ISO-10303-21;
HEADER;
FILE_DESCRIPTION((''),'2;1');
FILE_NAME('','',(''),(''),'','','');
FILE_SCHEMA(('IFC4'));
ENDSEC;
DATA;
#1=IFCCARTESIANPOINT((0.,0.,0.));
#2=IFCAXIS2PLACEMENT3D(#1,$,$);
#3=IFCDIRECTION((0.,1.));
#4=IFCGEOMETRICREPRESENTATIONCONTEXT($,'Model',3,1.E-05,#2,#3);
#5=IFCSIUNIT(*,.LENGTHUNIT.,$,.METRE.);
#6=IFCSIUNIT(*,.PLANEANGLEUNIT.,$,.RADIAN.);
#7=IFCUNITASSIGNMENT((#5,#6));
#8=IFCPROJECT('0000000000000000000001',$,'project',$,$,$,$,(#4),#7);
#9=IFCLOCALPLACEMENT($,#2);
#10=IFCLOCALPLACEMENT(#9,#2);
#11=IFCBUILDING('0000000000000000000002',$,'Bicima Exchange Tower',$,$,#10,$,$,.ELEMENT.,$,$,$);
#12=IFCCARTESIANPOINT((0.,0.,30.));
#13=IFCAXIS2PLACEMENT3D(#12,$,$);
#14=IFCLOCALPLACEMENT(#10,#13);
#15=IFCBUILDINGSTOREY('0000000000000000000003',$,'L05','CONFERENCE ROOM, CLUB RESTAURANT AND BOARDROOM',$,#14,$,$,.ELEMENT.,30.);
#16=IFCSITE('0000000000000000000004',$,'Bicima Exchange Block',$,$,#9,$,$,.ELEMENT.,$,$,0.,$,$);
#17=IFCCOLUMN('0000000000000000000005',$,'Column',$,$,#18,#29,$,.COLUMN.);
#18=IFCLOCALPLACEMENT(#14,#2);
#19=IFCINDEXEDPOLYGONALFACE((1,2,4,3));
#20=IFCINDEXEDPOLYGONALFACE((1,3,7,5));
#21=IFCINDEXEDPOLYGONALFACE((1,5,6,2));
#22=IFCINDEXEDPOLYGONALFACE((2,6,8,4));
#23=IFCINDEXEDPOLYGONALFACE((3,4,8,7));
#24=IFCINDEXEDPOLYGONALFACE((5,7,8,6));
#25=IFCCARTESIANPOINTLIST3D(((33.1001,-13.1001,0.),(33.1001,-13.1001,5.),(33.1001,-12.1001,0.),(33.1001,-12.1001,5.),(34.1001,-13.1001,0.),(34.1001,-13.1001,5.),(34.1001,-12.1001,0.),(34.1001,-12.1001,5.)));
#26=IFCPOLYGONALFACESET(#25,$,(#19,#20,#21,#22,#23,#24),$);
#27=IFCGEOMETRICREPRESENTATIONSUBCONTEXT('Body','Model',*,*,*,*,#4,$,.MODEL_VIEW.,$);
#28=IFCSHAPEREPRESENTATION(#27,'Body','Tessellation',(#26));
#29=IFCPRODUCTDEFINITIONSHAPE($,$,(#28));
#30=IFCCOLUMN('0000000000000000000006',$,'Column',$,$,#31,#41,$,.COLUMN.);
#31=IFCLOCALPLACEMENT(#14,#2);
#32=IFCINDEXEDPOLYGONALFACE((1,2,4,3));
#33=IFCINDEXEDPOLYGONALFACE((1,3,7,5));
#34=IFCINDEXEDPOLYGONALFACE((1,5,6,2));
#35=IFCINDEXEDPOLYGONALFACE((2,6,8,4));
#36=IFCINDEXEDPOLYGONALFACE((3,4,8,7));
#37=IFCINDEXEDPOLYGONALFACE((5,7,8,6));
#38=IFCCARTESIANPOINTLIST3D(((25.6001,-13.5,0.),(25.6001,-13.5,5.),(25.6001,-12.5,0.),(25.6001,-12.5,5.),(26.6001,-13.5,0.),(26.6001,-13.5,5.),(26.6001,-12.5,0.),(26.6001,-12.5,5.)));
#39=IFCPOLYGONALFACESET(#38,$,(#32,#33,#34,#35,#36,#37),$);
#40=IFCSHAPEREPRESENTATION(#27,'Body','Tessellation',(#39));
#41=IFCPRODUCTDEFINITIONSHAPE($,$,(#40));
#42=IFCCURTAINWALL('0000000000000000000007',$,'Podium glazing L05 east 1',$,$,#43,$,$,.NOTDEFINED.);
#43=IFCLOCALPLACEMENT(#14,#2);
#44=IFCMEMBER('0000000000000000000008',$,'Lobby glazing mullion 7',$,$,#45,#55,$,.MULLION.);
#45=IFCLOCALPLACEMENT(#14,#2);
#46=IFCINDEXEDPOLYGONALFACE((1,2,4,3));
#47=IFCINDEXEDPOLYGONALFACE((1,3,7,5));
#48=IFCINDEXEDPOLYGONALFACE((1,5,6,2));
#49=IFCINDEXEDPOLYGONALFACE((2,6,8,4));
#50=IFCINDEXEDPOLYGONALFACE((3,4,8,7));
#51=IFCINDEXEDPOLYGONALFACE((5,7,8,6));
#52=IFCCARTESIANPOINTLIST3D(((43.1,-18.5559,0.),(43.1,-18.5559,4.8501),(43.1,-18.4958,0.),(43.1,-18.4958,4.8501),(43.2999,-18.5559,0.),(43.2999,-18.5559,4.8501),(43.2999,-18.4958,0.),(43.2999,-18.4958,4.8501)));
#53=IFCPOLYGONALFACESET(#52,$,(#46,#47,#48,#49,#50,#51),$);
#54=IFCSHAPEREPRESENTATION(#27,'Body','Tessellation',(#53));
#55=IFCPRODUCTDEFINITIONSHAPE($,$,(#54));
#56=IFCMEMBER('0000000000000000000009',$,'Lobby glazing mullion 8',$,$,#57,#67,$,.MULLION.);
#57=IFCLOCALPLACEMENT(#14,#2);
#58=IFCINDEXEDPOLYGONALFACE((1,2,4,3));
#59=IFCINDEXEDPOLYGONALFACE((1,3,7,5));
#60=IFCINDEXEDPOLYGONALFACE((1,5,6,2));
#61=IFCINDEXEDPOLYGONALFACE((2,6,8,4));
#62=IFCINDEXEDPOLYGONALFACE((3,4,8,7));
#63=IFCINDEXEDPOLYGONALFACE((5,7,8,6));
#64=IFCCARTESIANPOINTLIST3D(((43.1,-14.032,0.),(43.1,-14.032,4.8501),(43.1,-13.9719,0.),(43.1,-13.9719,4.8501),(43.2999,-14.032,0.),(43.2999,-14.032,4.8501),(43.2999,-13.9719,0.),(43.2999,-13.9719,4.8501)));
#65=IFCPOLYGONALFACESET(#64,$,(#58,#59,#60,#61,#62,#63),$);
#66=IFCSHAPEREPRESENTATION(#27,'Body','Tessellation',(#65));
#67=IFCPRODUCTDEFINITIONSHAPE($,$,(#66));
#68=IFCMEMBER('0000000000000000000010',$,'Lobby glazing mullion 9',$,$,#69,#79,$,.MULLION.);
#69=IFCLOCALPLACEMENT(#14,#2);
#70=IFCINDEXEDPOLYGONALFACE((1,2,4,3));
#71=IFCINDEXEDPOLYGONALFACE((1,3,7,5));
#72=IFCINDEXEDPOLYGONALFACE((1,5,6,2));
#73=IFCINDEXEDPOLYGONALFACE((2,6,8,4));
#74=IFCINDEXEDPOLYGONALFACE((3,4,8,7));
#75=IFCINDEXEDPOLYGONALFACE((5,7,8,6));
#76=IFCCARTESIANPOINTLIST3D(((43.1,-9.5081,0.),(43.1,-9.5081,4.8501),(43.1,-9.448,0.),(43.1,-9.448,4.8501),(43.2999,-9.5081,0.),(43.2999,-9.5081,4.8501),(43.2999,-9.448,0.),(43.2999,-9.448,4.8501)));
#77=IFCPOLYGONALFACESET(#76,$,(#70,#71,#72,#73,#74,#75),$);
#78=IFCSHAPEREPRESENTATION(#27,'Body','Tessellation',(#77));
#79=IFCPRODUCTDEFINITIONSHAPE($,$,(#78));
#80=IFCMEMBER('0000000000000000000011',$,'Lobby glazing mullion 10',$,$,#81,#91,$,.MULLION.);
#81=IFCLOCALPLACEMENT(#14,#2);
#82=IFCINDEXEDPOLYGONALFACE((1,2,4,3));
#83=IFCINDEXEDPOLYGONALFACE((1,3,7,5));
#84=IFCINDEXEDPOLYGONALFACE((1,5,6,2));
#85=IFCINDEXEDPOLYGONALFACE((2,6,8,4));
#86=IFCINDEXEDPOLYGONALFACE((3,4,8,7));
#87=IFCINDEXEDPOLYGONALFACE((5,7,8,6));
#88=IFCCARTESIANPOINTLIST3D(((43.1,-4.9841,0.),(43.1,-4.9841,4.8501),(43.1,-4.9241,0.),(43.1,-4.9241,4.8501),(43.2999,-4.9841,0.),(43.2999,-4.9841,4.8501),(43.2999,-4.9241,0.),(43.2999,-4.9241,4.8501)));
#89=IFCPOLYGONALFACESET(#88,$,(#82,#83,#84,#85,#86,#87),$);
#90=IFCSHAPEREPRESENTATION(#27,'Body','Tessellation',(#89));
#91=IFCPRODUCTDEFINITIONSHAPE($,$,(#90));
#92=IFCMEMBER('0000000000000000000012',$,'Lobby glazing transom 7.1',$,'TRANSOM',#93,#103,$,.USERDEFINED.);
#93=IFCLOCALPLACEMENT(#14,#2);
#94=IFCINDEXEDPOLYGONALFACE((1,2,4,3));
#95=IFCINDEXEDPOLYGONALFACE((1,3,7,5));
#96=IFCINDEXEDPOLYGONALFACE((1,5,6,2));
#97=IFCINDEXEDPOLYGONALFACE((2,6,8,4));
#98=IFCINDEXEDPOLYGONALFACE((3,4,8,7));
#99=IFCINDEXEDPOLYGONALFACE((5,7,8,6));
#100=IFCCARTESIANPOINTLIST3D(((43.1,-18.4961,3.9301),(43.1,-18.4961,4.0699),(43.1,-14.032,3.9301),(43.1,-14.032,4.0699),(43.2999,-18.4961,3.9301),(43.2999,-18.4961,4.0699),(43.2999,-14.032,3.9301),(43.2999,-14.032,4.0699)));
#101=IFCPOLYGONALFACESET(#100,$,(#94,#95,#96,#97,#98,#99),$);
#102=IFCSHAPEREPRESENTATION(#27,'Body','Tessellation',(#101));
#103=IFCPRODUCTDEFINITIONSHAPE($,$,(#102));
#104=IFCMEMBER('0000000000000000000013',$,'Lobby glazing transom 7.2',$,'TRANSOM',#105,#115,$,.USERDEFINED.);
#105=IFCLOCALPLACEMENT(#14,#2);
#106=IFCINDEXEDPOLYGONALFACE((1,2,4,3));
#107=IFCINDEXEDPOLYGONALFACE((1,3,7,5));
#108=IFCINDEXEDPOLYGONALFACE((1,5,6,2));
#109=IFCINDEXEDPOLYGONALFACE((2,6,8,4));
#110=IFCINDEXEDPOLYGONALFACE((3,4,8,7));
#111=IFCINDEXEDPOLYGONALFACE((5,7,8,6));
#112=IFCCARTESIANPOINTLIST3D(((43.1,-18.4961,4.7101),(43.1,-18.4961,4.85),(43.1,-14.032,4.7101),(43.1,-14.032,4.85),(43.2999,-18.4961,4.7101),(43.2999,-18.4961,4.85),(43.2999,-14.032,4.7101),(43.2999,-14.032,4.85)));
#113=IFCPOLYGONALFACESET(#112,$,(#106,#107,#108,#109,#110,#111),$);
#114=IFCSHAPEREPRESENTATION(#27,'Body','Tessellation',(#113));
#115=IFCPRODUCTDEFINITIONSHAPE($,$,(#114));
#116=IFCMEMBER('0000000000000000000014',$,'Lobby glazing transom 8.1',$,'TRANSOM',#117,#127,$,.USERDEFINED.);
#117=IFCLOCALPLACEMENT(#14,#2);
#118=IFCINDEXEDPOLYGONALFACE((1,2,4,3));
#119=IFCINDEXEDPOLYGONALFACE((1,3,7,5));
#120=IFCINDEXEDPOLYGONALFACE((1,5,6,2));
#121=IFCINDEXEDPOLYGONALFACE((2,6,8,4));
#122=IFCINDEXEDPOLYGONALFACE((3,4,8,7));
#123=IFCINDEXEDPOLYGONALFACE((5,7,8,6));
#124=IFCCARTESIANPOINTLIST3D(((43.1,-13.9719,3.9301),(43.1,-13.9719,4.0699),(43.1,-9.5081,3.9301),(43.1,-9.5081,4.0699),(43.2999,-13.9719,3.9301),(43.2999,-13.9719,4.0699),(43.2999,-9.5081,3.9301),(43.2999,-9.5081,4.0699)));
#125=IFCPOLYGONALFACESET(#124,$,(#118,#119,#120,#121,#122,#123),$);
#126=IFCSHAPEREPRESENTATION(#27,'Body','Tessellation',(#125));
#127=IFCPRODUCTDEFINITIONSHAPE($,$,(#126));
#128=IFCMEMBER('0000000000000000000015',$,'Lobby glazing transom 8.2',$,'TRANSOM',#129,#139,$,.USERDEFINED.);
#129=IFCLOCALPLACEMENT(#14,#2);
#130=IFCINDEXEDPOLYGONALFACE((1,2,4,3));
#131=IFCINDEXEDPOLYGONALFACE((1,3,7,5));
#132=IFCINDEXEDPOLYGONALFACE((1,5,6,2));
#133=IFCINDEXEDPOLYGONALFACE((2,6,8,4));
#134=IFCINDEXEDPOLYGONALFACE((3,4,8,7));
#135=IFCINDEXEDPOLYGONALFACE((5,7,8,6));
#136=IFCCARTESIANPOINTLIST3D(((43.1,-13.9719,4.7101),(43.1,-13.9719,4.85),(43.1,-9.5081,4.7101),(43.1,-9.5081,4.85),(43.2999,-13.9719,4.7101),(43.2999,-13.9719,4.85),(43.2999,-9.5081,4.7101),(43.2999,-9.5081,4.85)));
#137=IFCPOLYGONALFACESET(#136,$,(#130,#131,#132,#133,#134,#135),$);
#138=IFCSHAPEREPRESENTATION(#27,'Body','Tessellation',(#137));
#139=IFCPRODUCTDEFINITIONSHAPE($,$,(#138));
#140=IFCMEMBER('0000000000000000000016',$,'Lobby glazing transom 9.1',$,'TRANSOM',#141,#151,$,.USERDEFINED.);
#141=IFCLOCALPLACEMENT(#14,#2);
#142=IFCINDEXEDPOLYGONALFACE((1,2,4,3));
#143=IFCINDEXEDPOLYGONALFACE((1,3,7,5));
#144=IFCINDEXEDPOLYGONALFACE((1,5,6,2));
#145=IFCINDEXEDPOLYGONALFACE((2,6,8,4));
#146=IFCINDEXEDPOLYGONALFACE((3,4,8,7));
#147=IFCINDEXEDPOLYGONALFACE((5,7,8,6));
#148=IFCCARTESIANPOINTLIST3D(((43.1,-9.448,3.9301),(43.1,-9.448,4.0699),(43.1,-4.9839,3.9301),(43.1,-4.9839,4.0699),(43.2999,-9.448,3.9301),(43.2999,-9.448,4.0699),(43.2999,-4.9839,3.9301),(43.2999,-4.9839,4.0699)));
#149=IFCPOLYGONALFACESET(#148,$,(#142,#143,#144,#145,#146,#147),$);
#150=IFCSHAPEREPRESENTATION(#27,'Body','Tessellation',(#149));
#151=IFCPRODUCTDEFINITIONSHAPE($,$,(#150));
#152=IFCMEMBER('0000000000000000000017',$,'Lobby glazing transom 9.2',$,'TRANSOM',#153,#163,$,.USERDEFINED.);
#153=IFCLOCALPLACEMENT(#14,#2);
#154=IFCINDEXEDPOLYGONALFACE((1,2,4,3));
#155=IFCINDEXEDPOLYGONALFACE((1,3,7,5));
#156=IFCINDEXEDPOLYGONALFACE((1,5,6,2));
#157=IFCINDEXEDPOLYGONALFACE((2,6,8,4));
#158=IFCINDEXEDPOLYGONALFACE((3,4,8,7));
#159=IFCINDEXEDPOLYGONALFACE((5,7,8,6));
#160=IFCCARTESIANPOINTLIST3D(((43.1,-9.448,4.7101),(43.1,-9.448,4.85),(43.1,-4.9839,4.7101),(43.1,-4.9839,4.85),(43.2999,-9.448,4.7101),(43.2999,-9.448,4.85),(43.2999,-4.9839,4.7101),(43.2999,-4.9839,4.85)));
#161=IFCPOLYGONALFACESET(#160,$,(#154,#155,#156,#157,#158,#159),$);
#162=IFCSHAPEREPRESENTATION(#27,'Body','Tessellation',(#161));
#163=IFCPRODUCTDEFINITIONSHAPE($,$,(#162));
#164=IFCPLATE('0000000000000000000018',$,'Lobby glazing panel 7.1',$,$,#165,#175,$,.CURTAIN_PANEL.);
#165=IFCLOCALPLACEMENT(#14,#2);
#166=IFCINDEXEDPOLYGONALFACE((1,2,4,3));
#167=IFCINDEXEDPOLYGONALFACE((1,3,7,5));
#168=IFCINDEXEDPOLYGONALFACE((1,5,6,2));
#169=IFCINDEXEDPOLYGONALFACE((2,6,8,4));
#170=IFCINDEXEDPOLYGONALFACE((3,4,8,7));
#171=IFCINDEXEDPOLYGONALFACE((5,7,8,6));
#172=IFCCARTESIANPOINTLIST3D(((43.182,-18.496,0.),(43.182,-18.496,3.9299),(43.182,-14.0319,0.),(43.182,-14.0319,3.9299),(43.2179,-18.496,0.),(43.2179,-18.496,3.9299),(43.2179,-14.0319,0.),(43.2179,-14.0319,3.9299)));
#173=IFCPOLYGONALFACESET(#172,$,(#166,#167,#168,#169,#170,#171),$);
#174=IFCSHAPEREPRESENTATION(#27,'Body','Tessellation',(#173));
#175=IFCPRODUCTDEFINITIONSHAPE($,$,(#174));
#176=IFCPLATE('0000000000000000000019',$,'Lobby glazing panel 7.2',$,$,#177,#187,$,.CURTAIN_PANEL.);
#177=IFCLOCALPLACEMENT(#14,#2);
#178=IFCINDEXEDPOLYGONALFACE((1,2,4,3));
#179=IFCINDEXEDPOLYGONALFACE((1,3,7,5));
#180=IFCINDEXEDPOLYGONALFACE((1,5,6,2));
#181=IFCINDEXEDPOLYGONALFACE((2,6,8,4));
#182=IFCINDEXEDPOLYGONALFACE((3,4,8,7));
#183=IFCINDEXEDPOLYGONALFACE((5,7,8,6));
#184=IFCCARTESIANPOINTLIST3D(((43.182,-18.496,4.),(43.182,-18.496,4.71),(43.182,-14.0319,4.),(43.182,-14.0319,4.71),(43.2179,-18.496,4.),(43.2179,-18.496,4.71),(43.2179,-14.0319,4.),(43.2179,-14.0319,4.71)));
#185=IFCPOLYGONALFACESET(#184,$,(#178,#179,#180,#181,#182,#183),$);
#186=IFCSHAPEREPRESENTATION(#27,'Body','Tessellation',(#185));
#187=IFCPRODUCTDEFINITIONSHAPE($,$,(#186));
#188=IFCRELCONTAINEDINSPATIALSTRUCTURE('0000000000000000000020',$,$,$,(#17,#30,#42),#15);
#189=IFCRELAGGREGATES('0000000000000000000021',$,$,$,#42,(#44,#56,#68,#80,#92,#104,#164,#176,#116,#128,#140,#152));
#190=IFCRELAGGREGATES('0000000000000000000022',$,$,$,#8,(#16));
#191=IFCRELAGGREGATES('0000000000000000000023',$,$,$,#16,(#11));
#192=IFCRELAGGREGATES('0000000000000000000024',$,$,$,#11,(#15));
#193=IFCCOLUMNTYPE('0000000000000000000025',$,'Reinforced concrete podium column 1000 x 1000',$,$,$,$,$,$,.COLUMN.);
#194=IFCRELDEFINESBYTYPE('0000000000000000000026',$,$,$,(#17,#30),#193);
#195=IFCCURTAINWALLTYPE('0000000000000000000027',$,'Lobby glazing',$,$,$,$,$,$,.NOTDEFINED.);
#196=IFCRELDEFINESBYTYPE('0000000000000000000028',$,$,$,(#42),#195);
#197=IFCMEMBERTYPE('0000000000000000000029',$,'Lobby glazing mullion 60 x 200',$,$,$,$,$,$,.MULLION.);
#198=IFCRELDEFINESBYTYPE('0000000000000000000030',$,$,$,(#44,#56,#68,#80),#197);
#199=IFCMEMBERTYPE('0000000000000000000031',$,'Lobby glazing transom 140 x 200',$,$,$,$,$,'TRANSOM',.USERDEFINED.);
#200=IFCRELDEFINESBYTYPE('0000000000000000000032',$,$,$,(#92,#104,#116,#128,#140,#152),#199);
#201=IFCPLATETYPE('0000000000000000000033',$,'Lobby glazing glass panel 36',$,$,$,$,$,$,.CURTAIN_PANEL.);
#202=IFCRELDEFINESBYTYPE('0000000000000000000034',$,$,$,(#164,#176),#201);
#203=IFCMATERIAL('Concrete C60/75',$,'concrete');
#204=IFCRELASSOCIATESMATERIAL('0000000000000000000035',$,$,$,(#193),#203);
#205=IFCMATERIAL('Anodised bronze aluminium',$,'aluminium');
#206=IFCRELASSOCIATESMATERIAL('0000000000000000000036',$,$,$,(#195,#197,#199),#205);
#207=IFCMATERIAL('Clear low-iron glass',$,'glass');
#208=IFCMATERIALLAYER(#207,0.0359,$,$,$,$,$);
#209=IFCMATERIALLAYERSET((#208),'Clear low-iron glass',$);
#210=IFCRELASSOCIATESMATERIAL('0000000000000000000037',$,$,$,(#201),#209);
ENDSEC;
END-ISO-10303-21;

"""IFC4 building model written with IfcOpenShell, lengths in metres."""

from ifc_helpers import new_model, si_unit, direction, frame, origin, origin_2d, place, context, subcontext, project, spatial, rectangle, extrude, material, layer, layer_set, material_profile, profile_set, type_object, element, aggregate, save


model = new_model("IFC4")

# Units and contexts
model_context = context("Model", 3, precision=1e-05, world=origin(), true_north=direction((0.0, 1.0)))
body_context = subcontext(model_context, "Body", "Model", "MODEL_VIEW")
ifc_project = project(units=[si_unit("LENGTHUNIT", "METRE"), si_unit("PLANEANGLEUNIT", "RADIAN")], contexts=[model_context])

# Site, building, storey
site_placement = place(None, origin())
site = spatial("IfcSite", under=ifc_project, at=site_placement, Name="Bicima Exchange Block", CompositionType="ELEMENT", RefElevation=0.0)
building_placement = place(site_placement, origin())
building = spatial("IfcBuilding", under=site, at=building_placement, Name="Bicima Exchange Tower", CompositionType="ELEMENT")
storey_placement = place(building_placement, frame((0.0, 0.0, 30.0)))
storey = spatial("IfcBuildingStorey", under=building, at=storey_placement, Name="L05", Description="CONFERENCE ROOM, CLUB RESTAURANT AND BOARDROOM", CompositionType="ELEMENT", Elevation=30.0)

# Columns
ifc_material_1 = material(Name="Concrete C60/75", Category="concrete")
ifc_material_profile_1 = material_profile(ifc_material_1, rectangle(XDim=1.0, YDim=1.0, at=origin_2d()))
ifc_profile_set_1 = profile_set([ifc_material_profile_1], Name="Concrete C60/75")
column_type = type_object("IfcColumnType", Name="Reinforced concrete podium column 1000 x 1000", PredefinedType="COLUMN", material=ifc_profile_set_1)
for number, where, z_axis, x_axis, name in (
    (1, (33.6001, -12.6001, 0.0), (0.0, 0.0, 1.0), (1.0, 0.0, 0.0), "Column"),
    (2, (26.1001, -13.0, 0.0), (0.0, 0.0, 1.0), (1.0, 0.0, 0.0), "Column"),
):
    element("IfcColumn", number, at=place(storey_placement, frame(where, z_axis=z_axis, x_axis=x_axis)), inside=storey, type_object=column_type, Name=name, PredefinedType="COLUMN", context=body_context, shape_type="SweptSolid", body=[
        extrude(rectangle(XDim=1.0, YDim=1.0, at=origin_2d()), origin(), (0.0, 0.0, 1.0), 5.0),
    ])

# Curtain wall, members, plates
ifc_material_2 = material(Name="Anodised bronze aluminium", Category="aluminium")
curtain_wall_type = type_object("IfcCurtainWallType", Name="Lobby glazing", PredefinedType="NOTDEFINED", material=ifc_material_2)
curtain_wall_placement = place(storey_placement, origin())
curtain_wall = element("IfcCurtainWall", 3, at=curtain_wall_placement, inside=storey, type_object=curtain_wall_type, Name="Podium glazing L05 east 1", PredefinedType="NOTDEFINED")
ifc_material_profile_2 = material_profile(ifc_material_2, rectangle(XDim=0.2, YDim=0.0601, at=origin_2d()))
ifc_profile_set_2 = profile_set([ifc_material_profile_2], Name="Anodised bronze aluminium")
member_type_1 = type_object("IfcMemberType", Name="Lobby glazing mullion 60 x 200", PredefinedType="MULLION", material=ifc_profile_set_2)
member_1_placement = place(storey_placement, frame((43.2, -18.5259, 0.0), z_axis=(0.0, 0.0, 1.0), x_axis=(-1.0, 0.0, 0.0)))
member_1 = element("IfcMember", 4, at=member_1_placement, type_object=member_type_1, Name="Lobby glazing mullion 7", PredefinedType="MULLION", context=body_context, shape_type="SweptSolid", body=[
    extrude(rectangle(XDim=0.2, YDim=0.0601, at=origin_2d()), origin(), (0.0, 0.0, 1.0), 4.8501),
])
member_2_placement = place(storey_placement, frame((43.2, -14.002, 0.0), z_axis=(0.0, 0.0, 1.0), x_axis=(-1.0, 0.0, 0.0)))
member_2 = element("IfcMember", 5, at=member_2_placement, type_object=member_type_1, Name="Lobby glazing mullion 8", PredefinedType="MULLION", context=body_context, shape_type="SweptSolid", body=[
    extrude(rectangle(XDim=0.2, YDim=0.0601, at=origin_2d()), origin(), (0.0, 0.0, 1.0), 4.8501),
])
member_3_placement = place(storey_placement, frame((43.2, -9.478, 0.0), z_axis=(0.0, 0.0, 1.0), x_axis=(-1.0, 0.0, 0.0)))
member_3 = element("IfcMember", 6, at=member_3_placement, type_object=member_type_1, Name="Lobby glazing mullion 9", PredefinedType="MULLION", context=body_context, shape_type="SweptSolid", body=[
    extrude(rectangle(XDim=0.2, YDim=0.0601, at=origin_2d()), origin(), (0.0, 0.0, 1.0), 4.8501),
])
member_4_placement = place(storey_placement, frame((43.2, -4.9541, 0.0), z_axis=(0.0, 0.0, 1.0), x_axis=(-1.0, 0.0, 0.0)))
member_4 = element("IfcMember", 7, at=member_4_placement, type_object=member_type_1, Name="Lobby glazing mullion 10", PredefinedType="MULLION", context=body_context, shape_type="SweptSolid", body=[
    extrude(rectangle(XDim=0.2, YDim=0.0601, at=origin_2d()), origin(), (0.0, 0.0, 1.0), 4.8501),
])
ifc_material_profile_3 = material_profile(ifc_material_2, rectangle(XDim=0.2, YDim=0.1399, at=origin_2d()))
ifc_profile_set_3 = profile_set([ifc_material_profile_3], Name="Anodised bronze aluminium")
member_type_2 = type_object("IfcMemberType", Name="Lobby glazing transom 140 x 200", ElementType="TRANSOM", PredefinedType="USERDEFINED", material=ifc_profile_set_3)
member_5_placement = place(storey_placement, frame((43.2, -18.4961, 4.0), z_axis=(0.0, 1.0, 0.0), x_axis=(-1.0, 0.0, 0.0)))
member_5 = element("IfcMember", 8, at=member_5_placement, type_object=member_type_2, Name="Lobby glazing transom 7.1", ObjectType="TRANSOM", PredefinedType="USERDEFINED", context=body_context, shape_type="SweptSolid", body=[
    extrude(rectangle(XDim=0.2, YDim=0.1399, at=origin_2d()), origin(), (0.0, 0.0, 1.0), 4.4641),
])
member_6_placement = place(storey_placement, frame((43.2, -18.4961, 4.78), z_axis=(0.0, 1.0, 0.0), x_axis=(-1.0, 0.0, 0.0)))
member_6 = element("IfcMember", 9, at=member_6_placement, type_object=member_type_2, Name="Lobby glazing transom 7.2", ObjectType="TRANSOM", PredefinedType="USERDEFINED", context=body_context, shape_type="SweptSolid", body=[
    extrude(rectangle(XDim=0.2, YDim=0.1399, at=origin_2d()), origin(), (0.0, 0.0, 1.0), 4.4641),
])
member_7_placement = place(storey_placement, frame((43.2, -13.9719, 4.0), z_axis=(0.0, 1.0, 0.0), x_axis=(-1.0, 0.0, 0.0)))
member_7 = element("IfcMember", 10, at=member_7_placement, type_object=member_type_2, Name="Lobby glazing transom 8.1", ObjectType="TRANSOM", PredefinedType="USERDEFINED", context=body_context, shape_type="SweptSolid", body=[
    extrude(rectangle(XDim=0.2, YDim=0.1399, at=origin_2d()), origin(), (0.0, 0.0, 1.0), 4.4639),
])
member_8_placement = place(storey_placement, frame((43.2, -13.9719, 4.78), z_axis=(0.0, 1.0, 0.0), x_axis=(-1.0, 0.0, 0.0)))
member_8 = element("IfcMember", 11, at=member_8_placement, type_object=member_type_2, Name="Lobby glazing transom 8.2", ObjectType="TRANSOM", PredefinedType="USERDEFINED", context=body_context, shape_type="SweptSolid", body=[
    extrude(rectangle(XDim=0.2, YDim=0.1399, at=origin_2d()), origin(), (0.0, 0.0, 1.0), 4.4639),
])
member_9_placement = place(storey_placement, frame((43.2, -9.448, 4.0), z_axis=(0.0, 1.0, 0.0), x_axis=(-1.0, 0.0, 0.0)))
member_9 = element("IfcMember", 12, at=member_9_placement, type_object=member_type_2, Name="Lobby glazing transom 9.1", ObjectType="TRANSOM", PredefinedType="USERDEFINED", context=body_context, shape_type="SweptSolid", body=[
    extrude(rectangle(XDim=0.2, YDim=0.1399, at=origin_2d()), origin(), (0.0, 0.0, 1.0), 4.4641),
])
member_10_placement = place(storey_placement, frame((43.2, -9.448, 4.78), z_axis=(0.0, 1.0, 0.0), x_axis=(-1.0, 0.0, 0.0)))
member_10 = element("IfcMember", 13, at=member_10_placement, type_object=member_type_2, Name="Lobby glazing transom 9.2", ObjectType="TRANSOM", PredefinedType="USERDEFINED", context=body_context, shape_type="SweptSolid", body=[
    extrude(rectangle(XDim=0.2, YDim=0.1399, at=origin_2d()), origin(), (0.0, 0.0, 1.0), 4.4641),
])
ifc_material_3 = material(Name="Clear low-iron glass", Category="glass")
ifc_layer_1 = layer(ifc_material_3, 0.0359)
ifc_layer_set_1 = layer_set([ifc_layer_1], Name="Clear low-iron glass")
plate_type = type_object("IfcPlateType", Name="Lobby glazing glass panel 36", PredefinedType="CURTAIN_PANEL", material=ifc_layer_set_1)
plate_1_placement = place(storey_placement, frame((43.2, -16.2639, 0.0), z_axis=(0.0, 0.0, 1.0), x_axis=(0.0, 1.0, 0.0)))
plate_1 = element("IfcPlate", 14, at=plate_1_placement, type_object=plate_type, Name="Lobby glazing panel 7.1", PredefinedType="CURTAIN_PANEL", context=body_context, shape_type="SweptSolid", body=[
    extrude(rectangle(XDim=4.4641, YDim=0.0359, at=origin_2d()), origin(), (0.0, 0.0, 1.0), 3.9299),
])
plate_2_placement = place(storey_placement, frame((43.2, -16.2639, 4.0), z_axis=(0.0, 0.0, 1.0), x_axis=(0.0, 1.0, 0.0)))
plate_2 = element("IfcPlate", 15, at=plate_2_placement, type_object=plate_type, Name="Lobby glazing panel 7.2", PredefinedType="CURTAIN_PANEL", context=body_context, shape_type="SweptSolid", body=[
    extrude(rectangle(XDim=4.4641, YDim=0.0359, at=origin_2d()), origin(), (0.0, 0.0, 1.0), 0.71),
])
aggregate(curtain_wall, [member_1, member_2, member_3, member_4, member_5, member_6, plate_1, plate_2, member_7, member_8, member_9, member_10])

save(model, "model.ifc")
